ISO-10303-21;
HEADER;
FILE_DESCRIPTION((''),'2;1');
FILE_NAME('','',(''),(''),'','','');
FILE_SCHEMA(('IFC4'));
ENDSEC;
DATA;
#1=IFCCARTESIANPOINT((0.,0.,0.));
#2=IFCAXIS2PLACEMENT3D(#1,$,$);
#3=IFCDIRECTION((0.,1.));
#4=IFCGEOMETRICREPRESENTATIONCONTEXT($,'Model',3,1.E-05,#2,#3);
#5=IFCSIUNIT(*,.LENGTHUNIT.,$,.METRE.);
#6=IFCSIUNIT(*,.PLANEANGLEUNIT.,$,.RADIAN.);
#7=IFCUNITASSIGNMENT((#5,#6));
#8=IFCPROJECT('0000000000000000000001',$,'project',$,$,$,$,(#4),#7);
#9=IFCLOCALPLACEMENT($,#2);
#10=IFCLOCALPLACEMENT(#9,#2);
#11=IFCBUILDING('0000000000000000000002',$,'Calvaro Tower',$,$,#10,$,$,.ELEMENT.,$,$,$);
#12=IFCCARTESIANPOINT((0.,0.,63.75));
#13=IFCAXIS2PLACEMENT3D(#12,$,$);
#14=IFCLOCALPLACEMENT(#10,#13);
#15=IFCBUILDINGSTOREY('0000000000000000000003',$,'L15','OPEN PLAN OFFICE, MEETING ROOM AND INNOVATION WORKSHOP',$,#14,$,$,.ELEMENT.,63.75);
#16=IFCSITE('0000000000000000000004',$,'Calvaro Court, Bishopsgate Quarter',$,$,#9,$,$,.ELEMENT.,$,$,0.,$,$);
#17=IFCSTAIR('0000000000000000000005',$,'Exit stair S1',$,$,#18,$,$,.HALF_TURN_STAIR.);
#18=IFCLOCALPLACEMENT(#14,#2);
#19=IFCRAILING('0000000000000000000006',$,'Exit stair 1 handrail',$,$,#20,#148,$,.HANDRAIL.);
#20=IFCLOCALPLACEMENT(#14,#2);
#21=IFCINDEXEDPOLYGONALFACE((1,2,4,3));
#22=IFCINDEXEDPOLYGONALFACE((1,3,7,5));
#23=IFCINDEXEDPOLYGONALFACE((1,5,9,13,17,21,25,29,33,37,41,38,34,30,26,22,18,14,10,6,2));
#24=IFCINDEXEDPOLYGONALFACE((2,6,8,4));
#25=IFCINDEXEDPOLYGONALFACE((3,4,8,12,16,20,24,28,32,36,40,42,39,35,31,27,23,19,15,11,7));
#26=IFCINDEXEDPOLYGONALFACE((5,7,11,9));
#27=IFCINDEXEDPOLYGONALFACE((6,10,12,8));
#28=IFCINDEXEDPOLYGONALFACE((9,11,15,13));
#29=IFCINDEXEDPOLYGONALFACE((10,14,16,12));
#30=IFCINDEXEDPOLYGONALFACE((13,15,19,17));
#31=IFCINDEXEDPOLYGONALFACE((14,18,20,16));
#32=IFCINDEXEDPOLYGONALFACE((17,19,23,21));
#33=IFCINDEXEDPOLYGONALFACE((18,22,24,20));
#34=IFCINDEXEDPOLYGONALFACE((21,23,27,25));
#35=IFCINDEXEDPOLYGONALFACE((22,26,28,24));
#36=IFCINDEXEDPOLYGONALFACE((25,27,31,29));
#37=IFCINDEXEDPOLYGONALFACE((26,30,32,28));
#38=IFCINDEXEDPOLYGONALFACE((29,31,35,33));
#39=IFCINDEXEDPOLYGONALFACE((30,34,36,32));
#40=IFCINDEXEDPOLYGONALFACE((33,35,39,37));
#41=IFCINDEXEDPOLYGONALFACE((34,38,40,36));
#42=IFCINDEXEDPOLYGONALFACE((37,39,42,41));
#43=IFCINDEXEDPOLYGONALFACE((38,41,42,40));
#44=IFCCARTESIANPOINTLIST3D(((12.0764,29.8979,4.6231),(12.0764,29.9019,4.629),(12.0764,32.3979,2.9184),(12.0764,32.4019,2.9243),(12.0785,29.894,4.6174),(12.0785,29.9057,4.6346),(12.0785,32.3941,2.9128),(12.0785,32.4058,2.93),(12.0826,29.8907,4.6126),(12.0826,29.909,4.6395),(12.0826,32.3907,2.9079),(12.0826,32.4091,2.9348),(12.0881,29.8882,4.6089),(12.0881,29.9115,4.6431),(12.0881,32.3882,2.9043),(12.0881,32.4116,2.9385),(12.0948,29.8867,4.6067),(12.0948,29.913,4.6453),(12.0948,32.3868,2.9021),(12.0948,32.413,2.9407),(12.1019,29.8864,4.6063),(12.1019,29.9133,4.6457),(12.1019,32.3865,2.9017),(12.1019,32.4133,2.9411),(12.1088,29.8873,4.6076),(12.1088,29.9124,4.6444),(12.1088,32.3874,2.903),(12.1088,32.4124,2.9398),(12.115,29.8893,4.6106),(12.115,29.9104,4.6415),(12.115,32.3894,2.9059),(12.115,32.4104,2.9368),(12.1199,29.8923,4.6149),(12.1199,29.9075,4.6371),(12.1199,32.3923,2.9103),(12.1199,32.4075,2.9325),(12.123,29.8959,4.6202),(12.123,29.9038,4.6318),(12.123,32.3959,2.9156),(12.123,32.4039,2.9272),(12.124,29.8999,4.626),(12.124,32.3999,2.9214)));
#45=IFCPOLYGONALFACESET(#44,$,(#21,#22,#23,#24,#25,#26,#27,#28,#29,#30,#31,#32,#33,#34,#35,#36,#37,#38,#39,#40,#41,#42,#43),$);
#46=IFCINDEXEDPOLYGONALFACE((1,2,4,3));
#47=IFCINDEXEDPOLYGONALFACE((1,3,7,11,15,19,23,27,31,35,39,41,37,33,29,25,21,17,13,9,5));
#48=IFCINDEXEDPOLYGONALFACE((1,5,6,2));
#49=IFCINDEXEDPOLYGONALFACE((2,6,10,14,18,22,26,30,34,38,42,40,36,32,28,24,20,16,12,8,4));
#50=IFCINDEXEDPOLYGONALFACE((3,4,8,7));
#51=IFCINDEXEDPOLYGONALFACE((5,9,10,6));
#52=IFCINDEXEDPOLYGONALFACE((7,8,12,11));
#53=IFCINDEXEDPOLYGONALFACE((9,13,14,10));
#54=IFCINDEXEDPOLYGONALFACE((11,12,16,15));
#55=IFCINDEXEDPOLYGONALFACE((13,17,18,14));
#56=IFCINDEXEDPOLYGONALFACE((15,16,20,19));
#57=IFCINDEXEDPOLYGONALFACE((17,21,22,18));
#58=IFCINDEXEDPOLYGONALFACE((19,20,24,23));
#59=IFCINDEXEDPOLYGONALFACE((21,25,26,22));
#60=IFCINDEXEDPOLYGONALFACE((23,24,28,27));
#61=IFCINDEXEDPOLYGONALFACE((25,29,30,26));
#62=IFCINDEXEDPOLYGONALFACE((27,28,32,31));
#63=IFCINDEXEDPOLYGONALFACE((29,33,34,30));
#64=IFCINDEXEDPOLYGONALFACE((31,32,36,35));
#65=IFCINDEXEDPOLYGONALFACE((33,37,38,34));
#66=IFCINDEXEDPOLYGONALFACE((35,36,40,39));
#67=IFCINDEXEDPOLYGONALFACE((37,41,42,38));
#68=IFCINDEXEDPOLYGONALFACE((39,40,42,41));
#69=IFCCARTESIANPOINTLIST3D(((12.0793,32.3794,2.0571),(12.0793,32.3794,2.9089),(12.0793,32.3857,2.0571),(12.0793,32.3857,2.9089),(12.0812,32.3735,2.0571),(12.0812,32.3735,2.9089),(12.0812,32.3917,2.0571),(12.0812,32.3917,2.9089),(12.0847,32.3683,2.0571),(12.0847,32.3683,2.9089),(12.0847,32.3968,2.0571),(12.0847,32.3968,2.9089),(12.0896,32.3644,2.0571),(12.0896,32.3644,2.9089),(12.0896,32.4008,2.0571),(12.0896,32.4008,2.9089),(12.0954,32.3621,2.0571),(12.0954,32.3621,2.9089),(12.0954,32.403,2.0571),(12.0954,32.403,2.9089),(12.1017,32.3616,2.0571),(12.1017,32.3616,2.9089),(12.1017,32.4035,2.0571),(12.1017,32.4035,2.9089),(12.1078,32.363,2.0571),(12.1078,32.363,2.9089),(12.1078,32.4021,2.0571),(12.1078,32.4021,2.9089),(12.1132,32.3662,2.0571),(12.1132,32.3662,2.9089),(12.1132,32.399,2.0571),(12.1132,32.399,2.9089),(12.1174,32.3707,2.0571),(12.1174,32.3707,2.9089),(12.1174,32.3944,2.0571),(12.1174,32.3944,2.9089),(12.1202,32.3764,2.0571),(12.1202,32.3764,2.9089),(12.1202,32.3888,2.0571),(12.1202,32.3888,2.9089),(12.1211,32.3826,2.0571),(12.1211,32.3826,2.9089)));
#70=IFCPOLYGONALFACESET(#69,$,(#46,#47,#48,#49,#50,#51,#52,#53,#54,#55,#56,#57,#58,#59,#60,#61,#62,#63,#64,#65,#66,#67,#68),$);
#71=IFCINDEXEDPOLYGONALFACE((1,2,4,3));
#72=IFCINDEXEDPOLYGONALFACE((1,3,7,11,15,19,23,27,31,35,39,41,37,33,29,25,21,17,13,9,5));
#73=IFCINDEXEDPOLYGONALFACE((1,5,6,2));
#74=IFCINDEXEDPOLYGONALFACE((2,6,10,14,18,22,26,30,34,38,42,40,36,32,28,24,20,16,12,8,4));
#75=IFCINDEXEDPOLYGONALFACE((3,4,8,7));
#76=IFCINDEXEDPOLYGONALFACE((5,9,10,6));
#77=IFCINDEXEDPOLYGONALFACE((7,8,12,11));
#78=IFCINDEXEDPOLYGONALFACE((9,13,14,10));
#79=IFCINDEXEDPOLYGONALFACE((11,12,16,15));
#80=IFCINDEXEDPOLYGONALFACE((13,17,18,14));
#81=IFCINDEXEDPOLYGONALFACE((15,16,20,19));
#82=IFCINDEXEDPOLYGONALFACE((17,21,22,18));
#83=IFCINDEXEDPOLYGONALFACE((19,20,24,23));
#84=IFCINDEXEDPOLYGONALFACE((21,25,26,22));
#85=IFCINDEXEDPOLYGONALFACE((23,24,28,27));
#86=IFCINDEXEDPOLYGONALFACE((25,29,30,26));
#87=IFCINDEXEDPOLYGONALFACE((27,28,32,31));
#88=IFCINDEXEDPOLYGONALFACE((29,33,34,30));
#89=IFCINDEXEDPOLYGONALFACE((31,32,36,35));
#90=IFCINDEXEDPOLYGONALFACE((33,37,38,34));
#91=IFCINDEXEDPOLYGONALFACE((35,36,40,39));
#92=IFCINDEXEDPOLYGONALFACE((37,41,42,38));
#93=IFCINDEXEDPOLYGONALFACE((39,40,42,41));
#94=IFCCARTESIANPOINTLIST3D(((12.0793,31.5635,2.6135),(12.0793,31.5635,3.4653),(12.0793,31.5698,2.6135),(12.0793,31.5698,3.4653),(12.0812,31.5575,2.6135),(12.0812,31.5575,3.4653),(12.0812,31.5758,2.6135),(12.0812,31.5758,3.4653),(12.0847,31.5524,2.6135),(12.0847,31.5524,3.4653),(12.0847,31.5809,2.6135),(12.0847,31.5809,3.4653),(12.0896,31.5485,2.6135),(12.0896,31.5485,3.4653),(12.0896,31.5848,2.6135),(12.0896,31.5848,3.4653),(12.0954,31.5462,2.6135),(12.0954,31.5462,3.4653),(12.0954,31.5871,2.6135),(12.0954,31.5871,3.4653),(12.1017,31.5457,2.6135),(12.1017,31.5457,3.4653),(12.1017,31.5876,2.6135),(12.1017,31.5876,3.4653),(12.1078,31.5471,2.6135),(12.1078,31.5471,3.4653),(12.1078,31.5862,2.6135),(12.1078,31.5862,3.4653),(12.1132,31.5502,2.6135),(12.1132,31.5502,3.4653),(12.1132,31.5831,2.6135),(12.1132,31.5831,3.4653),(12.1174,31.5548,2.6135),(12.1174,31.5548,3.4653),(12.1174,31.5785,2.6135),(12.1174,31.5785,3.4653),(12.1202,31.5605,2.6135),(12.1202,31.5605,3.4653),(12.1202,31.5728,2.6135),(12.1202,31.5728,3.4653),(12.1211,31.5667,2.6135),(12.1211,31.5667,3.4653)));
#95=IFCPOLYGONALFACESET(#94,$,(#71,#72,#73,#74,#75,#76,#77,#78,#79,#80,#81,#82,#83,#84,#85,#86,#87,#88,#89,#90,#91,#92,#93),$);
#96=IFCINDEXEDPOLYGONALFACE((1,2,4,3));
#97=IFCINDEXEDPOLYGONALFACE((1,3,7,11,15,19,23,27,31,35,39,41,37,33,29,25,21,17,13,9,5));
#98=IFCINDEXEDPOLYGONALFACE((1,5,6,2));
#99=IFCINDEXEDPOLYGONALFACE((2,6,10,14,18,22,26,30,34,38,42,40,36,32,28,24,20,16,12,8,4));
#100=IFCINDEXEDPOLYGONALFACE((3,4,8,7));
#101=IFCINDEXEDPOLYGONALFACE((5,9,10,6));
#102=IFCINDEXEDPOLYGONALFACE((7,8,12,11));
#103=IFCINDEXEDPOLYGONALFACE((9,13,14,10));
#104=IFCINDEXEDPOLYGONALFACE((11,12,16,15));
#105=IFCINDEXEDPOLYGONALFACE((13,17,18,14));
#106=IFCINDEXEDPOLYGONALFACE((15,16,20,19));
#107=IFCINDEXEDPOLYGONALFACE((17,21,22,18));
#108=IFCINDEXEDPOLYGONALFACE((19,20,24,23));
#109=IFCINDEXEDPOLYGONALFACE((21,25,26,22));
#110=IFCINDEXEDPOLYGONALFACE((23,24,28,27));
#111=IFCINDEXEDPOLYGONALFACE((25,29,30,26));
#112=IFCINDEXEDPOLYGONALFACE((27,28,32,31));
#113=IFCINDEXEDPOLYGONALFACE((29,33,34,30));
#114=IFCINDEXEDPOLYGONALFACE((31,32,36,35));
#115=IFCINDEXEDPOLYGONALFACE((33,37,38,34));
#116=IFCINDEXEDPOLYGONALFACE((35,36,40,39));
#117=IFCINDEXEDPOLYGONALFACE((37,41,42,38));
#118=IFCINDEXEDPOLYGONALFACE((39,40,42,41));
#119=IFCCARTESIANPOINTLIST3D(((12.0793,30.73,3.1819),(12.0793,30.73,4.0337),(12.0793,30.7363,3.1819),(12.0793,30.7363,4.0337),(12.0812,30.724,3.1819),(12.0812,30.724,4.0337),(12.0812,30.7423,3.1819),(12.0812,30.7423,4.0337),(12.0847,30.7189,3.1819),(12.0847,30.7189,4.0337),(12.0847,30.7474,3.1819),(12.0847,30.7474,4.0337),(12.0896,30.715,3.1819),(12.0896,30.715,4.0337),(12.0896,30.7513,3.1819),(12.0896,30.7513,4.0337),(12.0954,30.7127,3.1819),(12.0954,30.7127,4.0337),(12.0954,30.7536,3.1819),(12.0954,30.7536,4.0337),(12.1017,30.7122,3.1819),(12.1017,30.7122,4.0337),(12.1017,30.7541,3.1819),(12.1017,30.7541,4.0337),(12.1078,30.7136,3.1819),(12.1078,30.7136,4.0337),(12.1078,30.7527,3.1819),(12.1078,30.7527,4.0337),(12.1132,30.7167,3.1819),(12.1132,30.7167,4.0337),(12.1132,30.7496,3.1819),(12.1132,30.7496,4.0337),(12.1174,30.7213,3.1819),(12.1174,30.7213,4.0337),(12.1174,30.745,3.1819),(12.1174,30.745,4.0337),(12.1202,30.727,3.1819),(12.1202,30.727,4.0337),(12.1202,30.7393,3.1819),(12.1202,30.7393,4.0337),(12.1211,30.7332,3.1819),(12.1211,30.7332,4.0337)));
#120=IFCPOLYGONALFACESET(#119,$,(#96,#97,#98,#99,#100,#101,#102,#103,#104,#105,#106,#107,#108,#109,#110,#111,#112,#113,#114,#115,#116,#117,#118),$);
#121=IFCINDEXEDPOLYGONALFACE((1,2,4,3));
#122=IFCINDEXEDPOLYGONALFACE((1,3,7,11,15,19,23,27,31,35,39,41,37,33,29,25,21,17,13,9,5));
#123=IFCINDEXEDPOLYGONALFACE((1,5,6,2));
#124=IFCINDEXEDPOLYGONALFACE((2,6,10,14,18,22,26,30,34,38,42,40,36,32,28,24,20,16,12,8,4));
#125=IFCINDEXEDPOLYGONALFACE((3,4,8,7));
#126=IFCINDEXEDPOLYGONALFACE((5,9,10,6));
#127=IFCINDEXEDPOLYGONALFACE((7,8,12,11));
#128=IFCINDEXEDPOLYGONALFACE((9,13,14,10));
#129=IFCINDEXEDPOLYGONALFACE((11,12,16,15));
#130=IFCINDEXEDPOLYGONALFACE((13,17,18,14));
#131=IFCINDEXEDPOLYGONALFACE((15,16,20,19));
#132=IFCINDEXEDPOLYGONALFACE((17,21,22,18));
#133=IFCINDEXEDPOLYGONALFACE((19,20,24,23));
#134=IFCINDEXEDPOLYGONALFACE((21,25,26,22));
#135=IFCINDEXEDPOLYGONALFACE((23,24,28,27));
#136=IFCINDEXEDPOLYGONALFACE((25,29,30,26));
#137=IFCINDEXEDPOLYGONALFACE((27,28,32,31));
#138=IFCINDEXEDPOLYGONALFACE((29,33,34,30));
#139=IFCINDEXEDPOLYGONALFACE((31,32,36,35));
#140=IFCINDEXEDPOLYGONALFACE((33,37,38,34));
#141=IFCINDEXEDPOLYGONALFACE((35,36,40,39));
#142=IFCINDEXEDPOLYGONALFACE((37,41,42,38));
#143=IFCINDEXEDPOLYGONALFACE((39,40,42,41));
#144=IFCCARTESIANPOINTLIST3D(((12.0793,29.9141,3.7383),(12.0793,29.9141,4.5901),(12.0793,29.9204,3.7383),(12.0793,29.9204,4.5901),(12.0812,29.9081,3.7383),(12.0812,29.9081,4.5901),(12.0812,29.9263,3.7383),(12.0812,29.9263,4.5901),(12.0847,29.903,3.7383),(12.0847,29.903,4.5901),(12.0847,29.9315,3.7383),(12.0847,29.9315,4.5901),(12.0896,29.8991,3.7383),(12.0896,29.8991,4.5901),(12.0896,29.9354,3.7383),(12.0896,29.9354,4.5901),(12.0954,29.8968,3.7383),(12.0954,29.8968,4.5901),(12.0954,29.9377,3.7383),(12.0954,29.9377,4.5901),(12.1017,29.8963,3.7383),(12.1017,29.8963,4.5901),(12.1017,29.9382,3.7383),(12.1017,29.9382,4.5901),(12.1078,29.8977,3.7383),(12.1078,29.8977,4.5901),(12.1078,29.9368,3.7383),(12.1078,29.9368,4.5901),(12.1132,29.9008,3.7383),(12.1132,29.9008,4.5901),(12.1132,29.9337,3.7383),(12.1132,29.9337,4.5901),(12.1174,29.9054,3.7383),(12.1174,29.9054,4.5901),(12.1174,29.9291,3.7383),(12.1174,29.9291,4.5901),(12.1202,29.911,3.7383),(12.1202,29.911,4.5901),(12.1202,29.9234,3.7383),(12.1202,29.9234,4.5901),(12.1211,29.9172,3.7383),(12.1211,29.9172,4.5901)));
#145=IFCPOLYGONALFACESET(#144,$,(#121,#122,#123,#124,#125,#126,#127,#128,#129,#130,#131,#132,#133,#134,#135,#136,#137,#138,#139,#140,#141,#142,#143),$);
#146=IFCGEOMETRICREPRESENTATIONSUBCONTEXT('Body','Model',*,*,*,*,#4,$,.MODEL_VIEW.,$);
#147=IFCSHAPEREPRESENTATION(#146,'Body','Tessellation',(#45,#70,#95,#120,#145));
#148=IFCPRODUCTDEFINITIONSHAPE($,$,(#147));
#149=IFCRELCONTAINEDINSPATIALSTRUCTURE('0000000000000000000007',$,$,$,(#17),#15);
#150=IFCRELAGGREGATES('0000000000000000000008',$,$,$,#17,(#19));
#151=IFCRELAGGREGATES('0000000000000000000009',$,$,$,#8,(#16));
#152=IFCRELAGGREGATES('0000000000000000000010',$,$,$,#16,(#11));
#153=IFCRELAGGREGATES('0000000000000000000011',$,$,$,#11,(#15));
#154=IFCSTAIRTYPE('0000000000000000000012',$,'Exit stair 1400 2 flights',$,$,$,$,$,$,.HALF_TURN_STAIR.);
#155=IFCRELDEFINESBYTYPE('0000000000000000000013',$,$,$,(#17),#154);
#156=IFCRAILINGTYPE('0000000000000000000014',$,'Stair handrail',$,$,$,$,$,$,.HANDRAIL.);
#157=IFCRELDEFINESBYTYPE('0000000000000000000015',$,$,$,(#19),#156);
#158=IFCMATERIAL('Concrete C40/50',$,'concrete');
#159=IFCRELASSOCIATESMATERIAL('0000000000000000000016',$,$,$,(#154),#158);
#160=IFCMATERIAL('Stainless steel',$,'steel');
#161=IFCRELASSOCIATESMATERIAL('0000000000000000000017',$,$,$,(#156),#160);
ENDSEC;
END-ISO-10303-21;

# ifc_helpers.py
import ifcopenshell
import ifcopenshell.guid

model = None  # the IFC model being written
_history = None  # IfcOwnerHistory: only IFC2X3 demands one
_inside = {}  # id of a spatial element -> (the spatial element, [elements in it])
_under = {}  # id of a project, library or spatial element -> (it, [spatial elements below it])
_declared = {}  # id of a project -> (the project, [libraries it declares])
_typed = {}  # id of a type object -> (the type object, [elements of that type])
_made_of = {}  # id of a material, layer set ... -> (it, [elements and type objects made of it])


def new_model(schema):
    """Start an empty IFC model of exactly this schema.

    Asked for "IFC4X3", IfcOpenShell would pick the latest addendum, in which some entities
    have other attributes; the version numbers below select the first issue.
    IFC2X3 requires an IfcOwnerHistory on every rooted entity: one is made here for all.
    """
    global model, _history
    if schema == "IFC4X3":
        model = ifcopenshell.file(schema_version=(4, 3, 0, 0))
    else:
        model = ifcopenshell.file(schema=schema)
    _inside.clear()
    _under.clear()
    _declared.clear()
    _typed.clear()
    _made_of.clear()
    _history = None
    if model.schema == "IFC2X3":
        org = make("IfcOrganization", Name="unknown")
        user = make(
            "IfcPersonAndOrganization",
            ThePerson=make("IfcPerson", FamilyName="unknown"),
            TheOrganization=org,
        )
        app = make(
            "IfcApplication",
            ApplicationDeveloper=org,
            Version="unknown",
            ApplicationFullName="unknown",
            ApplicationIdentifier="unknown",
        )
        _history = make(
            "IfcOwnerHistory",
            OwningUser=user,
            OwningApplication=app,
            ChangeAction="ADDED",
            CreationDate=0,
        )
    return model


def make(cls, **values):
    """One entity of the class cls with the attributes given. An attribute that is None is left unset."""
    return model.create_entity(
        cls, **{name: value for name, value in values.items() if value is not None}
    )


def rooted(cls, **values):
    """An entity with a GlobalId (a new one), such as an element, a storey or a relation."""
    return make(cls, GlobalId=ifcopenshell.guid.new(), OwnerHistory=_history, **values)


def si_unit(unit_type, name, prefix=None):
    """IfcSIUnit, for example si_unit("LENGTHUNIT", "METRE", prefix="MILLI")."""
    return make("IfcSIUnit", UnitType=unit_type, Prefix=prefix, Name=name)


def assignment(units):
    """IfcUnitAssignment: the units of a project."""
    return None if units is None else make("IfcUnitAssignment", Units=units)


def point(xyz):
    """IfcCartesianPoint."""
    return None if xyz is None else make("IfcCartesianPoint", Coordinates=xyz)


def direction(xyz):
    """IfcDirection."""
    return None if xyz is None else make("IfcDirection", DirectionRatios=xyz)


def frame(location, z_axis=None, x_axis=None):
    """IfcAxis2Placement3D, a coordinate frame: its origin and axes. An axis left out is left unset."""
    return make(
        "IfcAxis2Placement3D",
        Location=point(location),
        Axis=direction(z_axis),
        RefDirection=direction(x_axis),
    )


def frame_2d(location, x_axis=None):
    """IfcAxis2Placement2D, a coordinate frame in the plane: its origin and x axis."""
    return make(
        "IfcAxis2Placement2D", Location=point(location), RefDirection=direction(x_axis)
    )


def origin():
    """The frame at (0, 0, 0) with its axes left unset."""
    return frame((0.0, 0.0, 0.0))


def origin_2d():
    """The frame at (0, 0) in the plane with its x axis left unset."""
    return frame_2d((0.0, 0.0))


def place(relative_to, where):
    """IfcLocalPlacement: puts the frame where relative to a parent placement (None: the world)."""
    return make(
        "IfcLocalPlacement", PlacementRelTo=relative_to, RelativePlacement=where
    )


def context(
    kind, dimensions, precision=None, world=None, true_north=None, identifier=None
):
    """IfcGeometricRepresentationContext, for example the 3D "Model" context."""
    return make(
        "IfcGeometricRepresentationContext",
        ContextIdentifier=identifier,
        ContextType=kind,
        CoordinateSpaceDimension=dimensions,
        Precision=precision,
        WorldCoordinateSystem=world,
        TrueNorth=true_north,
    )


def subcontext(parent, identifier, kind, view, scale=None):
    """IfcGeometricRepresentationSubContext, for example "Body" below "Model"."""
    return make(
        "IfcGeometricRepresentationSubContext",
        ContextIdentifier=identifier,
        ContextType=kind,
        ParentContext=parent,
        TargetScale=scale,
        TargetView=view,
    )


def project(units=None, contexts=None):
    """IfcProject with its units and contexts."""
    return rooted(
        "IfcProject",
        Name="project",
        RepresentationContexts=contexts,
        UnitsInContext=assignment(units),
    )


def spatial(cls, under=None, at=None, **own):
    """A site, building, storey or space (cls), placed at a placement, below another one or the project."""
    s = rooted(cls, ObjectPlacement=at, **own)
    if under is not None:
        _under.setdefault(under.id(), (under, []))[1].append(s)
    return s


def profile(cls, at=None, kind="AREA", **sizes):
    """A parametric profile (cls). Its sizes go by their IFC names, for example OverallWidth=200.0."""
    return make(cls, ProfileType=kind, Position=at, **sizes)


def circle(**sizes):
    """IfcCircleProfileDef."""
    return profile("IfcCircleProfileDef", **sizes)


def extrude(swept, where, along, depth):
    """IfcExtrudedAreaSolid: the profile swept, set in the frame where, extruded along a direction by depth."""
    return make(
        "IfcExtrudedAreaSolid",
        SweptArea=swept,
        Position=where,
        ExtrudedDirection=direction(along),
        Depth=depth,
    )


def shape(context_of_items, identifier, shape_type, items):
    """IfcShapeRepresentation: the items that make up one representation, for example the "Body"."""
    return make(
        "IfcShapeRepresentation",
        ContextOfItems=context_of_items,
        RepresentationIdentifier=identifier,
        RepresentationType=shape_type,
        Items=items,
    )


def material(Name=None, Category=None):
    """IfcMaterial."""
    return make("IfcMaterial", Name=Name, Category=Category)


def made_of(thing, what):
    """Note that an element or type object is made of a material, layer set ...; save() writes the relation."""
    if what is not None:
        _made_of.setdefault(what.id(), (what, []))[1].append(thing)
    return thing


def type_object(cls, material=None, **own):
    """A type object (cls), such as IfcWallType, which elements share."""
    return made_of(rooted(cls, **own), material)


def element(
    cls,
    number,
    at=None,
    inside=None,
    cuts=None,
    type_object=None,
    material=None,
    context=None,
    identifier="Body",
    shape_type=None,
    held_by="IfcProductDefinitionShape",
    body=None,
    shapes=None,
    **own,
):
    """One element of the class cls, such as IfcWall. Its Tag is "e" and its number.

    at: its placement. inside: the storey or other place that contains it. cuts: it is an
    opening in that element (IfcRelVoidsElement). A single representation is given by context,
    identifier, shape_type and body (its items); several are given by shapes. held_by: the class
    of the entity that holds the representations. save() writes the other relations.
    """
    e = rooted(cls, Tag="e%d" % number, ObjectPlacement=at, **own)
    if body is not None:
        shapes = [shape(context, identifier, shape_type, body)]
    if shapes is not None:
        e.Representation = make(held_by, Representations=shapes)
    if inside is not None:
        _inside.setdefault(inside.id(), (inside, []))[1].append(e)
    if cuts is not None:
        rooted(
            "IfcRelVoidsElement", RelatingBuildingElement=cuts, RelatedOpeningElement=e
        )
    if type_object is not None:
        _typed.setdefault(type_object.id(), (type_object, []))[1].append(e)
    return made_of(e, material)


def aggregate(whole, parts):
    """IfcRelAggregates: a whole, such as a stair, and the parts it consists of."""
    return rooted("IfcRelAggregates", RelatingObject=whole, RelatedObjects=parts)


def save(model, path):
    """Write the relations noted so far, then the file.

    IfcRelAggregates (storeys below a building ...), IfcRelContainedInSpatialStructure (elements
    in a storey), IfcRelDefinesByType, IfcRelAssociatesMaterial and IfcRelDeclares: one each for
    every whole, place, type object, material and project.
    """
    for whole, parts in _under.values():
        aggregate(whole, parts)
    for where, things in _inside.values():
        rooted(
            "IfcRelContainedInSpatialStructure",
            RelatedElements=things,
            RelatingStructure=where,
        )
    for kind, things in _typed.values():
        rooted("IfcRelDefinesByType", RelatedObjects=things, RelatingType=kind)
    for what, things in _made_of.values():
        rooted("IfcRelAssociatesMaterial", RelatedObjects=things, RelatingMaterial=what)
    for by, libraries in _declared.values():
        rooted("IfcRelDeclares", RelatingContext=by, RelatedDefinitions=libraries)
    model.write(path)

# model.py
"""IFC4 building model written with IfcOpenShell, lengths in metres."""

from ifc_helpers import new_model, si_unit, direction, frame, origin, origin_2d, place, context, subcontext, project, spatial, circle, extrude, material, type_object, element, aggregate, save


model = new_model("IFC4")

# Units and contexts
model_context = context("Model", 3, precision=1e-05, world=origin(), true_north=direction((0.0, 1.0)))
body_context = subcontext(model_context, "Body", "Model", "MODEL_VIEW")
ifc_project = project(units=[si_unit("LENGTHUNIT", "METRE"), si_unit("PLANEANGLEUNIT", "RADIAN")], contexts=[model_context])

# Site, building, storey
site_placement = place(None, origin())
site = spatial("IfcSite", under=ifc_project, at=site_placement, Name="Calvaro Court, Bishopsgate Quarter", CompositionType="ELEMENT", RefElevation=0.0)
building_placement = place(site_placement, origin())
building = spatial("IfcBuilding", under=site, at=building_placement, Name="Calvaro Tower", CompositionType="ELEMENT")
storey_placement = place(building_placement, frame((0.0, 0.0, 63.75)))
storey = spatial("IfcBuildingStorey", under=building, at=storey_placement, Name="L15", Description="OPEN PLAN OFFICE, MEETING ROOM AND INNOVATION WORKSHOP", CompositionType="ELEMENT", Elevation=63.75)

# Stair, railing
ifc_material_1 = material(Name="Concrete C40/50", Category="concrete")
stair_type = type_object("IfcStairType", Name="Exit stair 1400 2 flights", PredefinedType="HALF_TURN_STAIR", material=ifc_material_1)
stair_placement = place(storey_placement, origin())
stair = element("IfcStair", 1, at=stair_placement, inside=storey, type_object=stair_type, Name="Exit stair S1", PredefinedType="HALF_TURN_STAIR")
ifc_material_2 = material(Name="Stainless steel", Category="steel")
railing_type = type_object("IfcRailingType", Name="Stair handrail", PredefinedType="HANDRAIL", material=ifc_material_2)
railing_1_placement = place(storey_placement, frame((12.1001, 32.3999, 2.0454)))
railing_1 = element("IfcRailing", 2, at=railing_1_placement, type_object=railing_type, Name="Exit stair 1 handrail", PredefinedType="HANDRAIL", context=body_context, shape_type="SweptSolid", body=[
    extrude(circle(Radius=0.0239, at=origin_2d()), frame((0.0, 0.0, 0.876), z_axis=(0.0, -0.826221, 0.563347), x_axis=(1.0, 0.0, 0.0)), (0.0, 0.0, 1.0), 3.0259),
    extrude(circle(Radius=0.021, at=origin_2d()), frame((0.0, -0.0173, 0.0117)), (0.0, 0.0, 1.0), 0.8518),
    extrude(circle(Radius=0.021, at=origin_2d()), frame((0.0, -0.8333, 0.5681)), (0.0, 0.0, 1.0), 0.8518),
    extrude(circle(Radius=0.021, at=origin_2d()), frame((0.0, -1.6667, 1.1365)), (0.0, 0.0, 1.0), 0.8518),
    extrude(circle(Radius=0.021, at=origin_2d()), frame((0.0, -2.4827, 1.6929)), (0.0, 0.0, 1.0), 0.8518),
])
aggregate(stair, [railing_1])

save(model, "model.ifc")
